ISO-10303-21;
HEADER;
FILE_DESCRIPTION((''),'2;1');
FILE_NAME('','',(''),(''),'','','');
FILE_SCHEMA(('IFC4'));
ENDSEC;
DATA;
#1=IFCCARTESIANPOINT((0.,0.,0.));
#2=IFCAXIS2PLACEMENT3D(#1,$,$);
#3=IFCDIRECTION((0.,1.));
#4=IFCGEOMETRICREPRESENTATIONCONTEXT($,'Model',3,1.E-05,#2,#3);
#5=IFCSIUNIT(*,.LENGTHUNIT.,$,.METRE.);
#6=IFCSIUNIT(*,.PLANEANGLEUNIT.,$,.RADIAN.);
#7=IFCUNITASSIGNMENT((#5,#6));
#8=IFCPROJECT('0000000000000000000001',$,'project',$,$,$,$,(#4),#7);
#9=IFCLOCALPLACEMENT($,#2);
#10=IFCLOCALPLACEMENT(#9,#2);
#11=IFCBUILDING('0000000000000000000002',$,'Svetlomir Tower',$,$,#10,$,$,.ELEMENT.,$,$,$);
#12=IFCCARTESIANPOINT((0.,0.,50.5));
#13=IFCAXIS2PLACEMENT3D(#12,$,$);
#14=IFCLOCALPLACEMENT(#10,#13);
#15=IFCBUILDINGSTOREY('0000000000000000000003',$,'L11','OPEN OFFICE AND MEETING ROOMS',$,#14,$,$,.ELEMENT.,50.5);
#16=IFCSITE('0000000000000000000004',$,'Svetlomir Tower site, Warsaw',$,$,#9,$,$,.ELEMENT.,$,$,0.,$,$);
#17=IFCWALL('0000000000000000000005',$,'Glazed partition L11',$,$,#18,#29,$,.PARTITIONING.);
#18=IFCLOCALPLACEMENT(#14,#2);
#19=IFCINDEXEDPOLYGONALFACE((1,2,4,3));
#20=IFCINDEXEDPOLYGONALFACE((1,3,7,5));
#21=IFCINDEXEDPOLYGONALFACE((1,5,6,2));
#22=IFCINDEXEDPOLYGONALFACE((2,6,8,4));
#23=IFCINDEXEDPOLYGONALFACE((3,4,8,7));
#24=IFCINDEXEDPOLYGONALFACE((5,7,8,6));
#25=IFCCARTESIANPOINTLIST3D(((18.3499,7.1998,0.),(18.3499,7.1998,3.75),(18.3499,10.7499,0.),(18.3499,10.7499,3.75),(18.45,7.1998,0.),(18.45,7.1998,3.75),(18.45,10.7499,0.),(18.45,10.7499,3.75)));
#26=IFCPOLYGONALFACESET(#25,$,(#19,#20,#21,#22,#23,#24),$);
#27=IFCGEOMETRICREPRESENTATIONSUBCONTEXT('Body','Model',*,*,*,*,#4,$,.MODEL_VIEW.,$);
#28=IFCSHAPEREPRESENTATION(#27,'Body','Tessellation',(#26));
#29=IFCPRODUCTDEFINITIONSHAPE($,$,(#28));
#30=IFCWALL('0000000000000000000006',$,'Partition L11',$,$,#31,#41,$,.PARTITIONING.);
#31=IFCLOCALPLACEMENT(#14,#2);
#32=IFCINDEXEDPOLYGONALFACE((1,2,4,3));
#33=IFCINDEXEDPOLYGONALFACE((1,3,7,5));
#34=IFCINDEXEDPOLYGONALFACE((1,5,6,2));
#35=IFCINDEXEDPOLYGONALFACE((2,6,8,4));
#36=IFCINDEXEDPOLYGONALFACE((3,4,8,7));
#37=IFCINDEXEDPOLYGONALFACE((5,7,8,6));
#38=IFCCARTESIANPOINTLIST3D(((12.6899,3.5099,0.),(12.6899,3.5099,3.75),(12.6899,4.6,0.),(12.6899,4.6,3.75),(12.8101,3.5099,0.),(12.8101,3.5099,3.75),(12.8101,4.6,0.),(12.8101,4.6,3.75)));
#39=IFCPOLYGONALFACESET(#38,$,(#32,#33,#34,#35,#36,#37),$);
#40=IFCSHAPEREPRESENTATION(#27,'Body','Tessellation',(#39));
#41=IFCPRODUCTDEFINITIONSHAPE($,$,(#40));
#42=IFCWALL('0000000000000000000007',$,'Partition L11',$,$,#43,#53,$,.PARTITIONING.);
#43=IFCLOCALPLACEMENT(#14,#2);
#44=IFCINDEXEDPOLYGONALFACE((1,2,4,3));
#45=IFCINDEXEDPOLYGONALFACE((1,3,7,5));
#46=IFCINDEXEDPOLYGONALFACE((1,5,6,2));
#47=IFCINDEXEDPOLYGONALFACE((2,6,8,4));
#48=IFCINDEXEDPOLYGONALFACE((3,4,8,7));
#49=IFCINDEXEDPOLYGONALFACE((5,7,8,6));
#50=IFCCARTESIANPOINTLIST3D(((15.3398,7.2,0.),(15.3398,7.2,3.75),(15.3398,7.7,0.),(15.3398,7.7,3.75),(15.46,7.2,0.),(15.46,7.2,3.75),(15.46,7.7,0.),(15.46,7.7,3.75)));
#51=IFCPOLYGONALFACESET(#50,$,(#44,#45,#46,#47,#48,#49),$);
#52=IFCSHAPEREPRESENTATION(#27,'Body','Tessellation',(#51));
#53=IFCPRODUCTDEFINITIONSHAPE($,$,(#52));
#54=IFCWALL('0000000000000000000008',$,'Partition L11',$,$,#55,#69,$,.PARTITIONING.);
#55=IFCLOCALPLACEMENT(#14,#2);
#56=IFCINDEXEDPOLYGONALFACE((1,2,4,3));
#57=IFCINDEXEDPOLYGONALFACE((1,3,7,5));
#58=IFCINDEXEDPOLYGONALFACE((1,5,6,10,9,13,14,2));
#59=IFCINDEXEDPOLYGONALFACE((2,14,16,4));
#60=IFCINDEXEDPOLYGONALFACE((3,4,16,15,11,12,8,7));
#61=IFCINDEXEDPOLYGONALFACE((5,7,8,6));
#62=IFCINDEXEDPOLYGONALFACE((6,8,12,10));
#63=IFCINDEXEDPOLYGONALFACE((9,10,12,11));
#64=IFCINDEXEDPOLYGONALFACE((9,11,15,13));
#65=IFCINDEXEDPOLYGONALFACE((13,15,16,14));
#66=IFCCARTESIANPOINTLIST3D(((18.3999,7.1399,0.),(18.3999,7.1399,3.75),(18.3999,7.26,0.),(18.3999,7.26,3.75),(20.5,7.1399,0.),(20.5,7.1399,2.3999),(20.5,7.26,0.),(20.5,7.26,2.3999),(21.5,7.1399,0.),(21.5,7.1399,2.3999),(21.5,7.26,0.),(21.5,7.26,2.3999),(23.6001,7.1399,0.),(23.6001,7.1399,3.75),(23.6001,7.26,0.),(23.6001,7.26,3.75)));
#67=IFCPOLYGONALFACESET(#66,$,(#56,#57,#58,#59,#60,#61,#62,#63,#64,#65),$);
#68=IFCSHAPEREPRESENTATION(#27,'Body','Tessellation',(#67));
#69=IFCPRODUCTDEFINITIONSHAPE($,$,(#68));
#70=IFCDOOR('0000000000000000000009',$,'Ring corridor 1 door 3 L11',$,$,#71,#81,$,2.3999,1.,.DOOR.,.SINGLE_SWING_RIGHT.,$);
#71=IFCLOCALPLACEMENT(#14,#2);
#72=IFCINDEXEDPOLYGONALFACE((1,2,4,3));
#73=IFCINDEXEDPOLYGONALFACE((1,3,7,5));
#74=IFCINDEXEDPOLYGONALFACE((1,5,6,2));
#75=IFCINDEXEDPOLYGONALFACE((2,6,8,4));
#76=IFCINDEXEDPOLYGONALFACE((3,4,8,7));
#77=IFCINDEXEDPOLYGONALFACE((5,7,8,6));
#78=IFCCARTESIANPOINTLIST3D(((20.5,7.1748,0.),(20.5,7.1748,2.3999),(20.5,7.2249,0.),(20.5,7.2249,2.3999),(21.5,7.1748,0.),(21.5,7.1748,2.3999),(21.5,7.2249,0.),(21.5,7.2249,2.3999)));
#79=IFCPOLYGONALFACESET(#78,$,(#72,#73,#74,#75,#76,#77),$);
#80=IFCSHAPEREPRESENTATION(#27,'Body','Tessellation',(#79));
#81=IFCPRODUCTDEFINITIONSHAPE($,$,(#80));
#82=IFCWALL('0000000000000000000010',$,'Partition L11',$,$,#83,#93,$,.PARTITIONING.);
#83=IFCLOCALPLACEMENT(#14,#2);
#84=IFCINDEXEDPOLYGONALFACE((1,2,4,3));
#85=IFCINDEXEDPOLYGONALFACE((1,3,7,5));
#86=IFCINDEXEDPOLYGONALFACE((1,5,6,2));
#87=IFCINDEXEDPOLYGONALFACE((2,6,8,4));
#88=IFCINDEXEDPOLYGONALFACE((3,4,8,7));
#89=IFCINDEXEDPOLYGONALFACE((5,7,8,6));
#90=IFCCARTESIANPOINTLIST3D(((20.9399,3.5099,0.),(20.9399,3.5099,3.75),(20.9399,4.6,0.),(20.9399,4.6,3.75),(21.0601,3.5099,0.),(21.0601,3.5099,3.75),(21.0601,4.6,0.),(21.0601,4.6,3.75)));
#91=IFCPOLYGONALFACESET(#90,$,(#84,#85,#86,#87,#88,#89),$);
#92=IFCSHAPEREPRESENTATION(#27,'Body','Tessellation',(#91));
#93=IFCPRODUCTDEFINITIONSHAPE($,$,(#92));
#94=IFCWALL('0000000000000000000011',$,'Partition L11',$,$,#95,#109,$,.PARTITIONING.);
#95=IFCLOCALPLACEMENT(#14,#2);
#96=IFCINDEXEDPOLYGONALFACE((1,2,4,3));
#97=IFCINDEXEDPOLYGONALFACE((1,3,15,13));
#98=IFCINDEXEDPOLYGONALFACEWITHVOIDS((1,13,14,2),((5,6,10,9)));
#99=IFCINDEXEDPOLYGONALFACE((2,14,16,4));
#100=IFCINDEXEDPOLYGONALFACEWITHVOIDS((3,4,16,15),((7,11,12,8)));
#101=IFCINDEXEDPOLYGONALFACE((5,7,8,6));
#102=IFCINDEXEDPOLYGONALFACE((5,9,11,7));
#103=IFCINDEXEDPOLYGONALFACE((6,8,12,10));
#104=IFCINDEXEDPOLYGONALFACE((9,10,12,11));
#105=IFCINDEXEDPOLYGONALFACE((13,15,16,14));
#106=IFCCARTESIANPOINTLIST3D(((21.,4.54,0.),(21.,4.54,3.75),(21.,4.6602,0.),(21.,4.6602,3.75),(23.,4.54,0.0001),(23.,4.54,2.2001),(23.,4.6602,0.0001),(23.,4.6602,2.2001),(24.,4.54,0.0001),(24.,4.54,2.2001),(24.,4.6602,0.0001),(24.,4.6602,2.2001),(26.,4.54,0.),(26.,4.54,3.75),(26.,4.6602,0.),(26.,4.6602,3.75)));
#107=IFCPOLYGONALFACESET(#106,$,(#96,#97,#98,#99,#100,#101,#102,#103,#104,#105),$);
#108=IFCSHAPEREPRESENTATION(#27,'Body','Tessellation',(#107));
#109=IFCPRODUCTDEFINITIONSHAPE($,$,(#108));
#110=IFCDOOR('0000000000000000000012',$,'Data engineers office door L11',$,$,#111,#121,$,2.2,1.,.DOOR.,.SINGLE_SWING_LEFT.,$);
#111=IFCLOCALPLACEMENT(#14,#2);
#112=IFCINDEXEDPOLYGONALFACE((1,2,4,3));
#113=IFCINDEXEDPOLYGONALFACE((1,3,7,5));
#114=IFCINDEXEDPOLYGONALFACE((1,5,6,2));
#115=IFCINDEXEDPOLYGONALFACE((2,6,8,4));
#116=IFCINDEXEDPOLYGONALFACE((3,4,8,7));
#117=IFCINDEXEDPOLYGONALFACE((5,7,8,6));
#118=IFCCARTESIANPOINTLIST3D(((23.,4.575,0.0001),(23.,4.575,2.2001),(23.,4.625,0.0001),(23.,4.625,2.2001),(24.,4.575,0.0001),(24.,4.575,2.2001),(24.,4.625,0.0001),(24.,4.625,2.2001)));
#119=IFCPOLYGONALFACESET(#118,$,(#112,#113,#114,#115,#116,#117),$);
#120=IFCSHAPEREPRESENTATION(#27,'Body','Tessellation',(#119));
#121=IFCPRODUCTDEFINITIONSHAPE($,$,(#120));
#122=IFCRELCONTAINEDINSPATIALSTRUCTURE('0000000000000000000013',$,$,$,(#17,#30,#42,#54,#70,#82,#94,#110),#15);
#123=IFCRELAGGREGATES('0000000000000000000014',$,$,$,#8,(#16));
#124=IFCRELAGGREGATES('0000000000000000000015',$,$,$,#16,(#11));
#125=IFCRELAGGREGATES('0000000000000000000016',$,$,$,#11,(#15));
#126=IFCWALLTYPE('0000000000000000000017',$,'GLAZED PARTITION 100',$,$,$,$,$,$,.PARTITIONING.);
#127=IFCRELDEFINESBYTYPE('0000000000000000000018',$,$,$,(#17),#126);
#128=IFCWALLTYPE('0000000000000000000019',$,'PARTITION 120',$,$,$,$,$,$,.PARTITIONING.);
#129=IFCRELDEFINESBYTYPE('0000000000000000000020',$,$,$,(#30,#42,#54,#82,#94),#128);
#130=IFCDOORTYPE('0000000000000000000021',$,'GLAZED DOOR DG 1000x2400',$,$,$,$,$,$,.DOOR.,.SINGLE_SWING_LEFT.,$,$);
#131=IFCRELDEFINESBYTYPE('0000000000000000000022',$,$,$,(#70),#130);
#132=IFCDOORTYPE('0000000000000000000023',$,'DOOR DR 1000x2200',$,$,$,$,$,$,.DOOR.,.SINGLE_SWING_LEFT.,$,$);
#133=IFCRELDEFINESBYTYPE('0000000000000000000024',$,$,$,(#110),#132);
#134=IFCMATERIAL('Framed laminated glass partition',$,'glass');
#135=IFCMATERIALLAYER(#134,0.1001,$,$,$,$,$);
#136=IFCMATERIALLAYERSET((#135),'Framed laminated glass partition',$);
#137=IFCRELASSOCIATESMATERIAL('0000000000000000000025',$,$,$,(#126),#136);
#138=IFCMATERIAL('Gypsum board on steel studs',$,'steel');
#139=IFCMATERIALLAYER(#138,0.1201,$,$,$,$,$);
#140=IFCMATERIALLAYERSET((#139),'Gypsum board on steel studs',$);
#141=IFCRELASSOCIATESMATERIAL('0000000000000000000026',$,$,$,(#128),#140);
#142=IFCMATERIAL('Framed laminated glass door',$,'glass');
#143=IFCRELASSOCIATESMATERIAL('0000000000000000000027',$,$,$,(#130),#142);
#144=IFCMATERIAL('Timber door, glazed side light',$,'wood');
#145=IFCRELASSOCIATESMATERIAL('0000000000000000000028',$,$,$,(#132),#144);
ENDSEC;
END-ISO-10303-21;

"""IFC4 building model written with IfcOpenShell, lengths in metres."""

from ifc_helpers import new_model, si_unit, direction, frame, frame_2d, origin, place, context, subcontext, project, spatial, rectangle, extrude, material, layer, layer_set, type_object, element, fill, save


model = new_model("IFC4")

# Units and contexts
model_context = context("Model", 3, precision=1e-05, world=origin(), true_north=direction((0.0, 1.0)))
body_context = subcontext(model_context, "Body", "Model", "MODEL_VIEW")
ifc_project = project(units=[si_unit("LENGTHUNIT", "METRE"), si_unit("PLANEANGLEUNIT", "RADIAN")], contexts=[model_context])

# Site, building, storey
site_placement = place(None, origin())
site = spatial("IfcSite", under=ifc_project, at=site_placement, Name="Svetlomir Tower site, Warsaw", CompositionType="ELEMENT", RefElevation=0.0)
building_placement = place(site_placement, origin())
building = spatial("IfcBuilding", under=site, at=building_placement, Name="Svetlomir Tower", CompositionType="ELEMENT")
storey_placement = place(building_placement, frame((0.0, 0.0, 50.5)))
storey = spatial("IfcBuildingStorey", under=building, at=storey_placement, Name="L11", Description="OPEN OFFICE AND MEETING ROOMS", CompositionType="ELEMENT", Elevation=50.5)

# Walls
ifc_material_1 = material(Name="Framed laminated glass partition", Category="glass")
ifc_layer_1 = layer(ifc_material_1, 0.1001)
ifc_layer_set_1 = layer_set([ifc_layer_1], Name="Framed laminated glass partition")
wall_type_1 = type_object("IfcWallType", Name="GLAZED PARTITION 100", PredefinedType="PARTITIONING", material=ifc_layer_set_1)
wall_1_placement = place(storey_placement, frame((18.3999, 7.2, 0.0), z_axis=(0.0, 0.0, 1.0), x_axis=(0.0, 1.0, 0.0)))
element("IfcWall", 1, at=wall_1_placement, inside=storey, type_object=wall_type_1, Name="Glazed partition L11", PredefinedType="PARTITIONING", context=body_context, shape_type="SweptSolid", body=[
    extrude(rectangle(XDim=3.55, YDim=0.1001, at=frame_2d((1.7749, 0.0))), origin(), (0.0, 0.0, 1.0), 3.75),
])
ifc_material_2 = material(Name="Gypsum board on steel studs", Category="steel")
ifc_layer_2 = layer(ifc_material_2, 0.1201)
ifc_layer_set_2 = layer_set([ifc_layer_2], Name="Gypsum board on steel studs")
wall_type_2 = type_object("IfcWallType", Name="PARTITION 120", PredefinedType="PARTITIONING", material=ifc_layer_set_2)
wall_2_placement = place(storey_placement, frame((12.75, 3.51, 0.0), z_axis=(0.0, 0.0, 1.0), x_axis=(0.0, 1.0, 0.0)))
element("IfcWall", 2, at=wall_2_placement, inside=storey, type_object=wall_type_2, Name="Partition L11", PredefinedType="PARTITIONING", context=body_context, shape_type="SweptSolid", body=[
    extrude(rectangle(XDim=1.0901, YDim=0.1201, at=frame_2d((0.5449, 0.0))), origin(), (0.0, 0.0, 1.0), 3.75),
])
wall_3_placement = place(storey_placement, frame((15.3999, 7.2, 0.0), z_axis=(0.0, 0.0, 1.0), x_axis=(0.0, 1.0, 0.0)))
element("IfcWall", 3, at=wall_3_placement, inside=storey, type_object=wall_type_2, Name="Partition L11", PredefinedType="PARTITIONING", context=body_context, shape_type="SweptSolid", body=[
    extrude(rectangle(XDim=0.5, YDim=0.1201, at=frame_2d((0.25, 0.0))), origin(), (0.0, 0.0, 1.0), 3.75),
])

# Wall, opening, door
ifc_material_3 = material(Name="Framed laminated glass door", Category="glass")
door_type_1 = type_object("IfcDoorType", Name="GLAZED DOOR DG 1000x2400", OperationType="SINGLE_SWING_LEFT", PredefinedType="DOOR", material=ifc_material_3)
wall_4_placement = place(storey_placement, frame((18.3999, 7.2, 0.0), z_axis=(0.0, 0.0, 1.0), x_axis=(1.0, 0.0, 0.0)))
wall_4 = element("IfcWall", 4, at=wall_4_placement, inside=storey, type_object=wall_type_2, Name="Partition L11", PredefinedType="PARTITIONING", context=body_context, shape_type="SweptSolid", body=[
    extrude(rectangle(XDim=5.2002, YDim=0.1201, at=frame_2d((2.6001, 0.0))), origin(), (0.0, 0.0, 1.0), 3.75),
])
opening_1_placement = place(wall_4_placement, frame((2.1001, 0.0, 0.0)))
opening_1 = element("IfcOpeningElement", 5, at=opening_1_placement, cuts=wall_4, PredefinedType="OPENING", context=body_context, shape_type="SweptSolid", body=[
    extrude(rectangle(XDim=1.0, YDim=2.3999, at=frame_2d((0.5, 1.2))), frame((0.0, 0.0701, 0.0), z_axis=(0.0, -1.0, 0.0), x_axis=(1.0, 0.0, 0.0)), (0.0, 0.0, 1.0), 0.1401),
])
door_1_placement = place(opening_1_placement, origin())
door_1 = element("IfcDoor", 6, at=door_1_placement, inside=storey, type_object=door_type_1, Name="Ring corridor 1 door 3 L11", OperationType="SINGLE_SWING_RIGHT", OverallHeight=2.3999, OverallWidth=1.0, PredefinedType="DOOR", context=body_context, shape_type="SweptSolid", body=[
    extrude(rectangle(XDim=1.0, YDim=2.3999, at=frame_2d((0.5, 1.2))), frame((0.0, 0.0249, 0.0), z_axis=(0.0, -1.0, 0.0), x_axis=(1.0, 0.0, 0.0)), (0.0, 0.0, 1.0), 0.05),
])
fill(opening_1, door_1)

# Wall
wall_5_placement = place(storey_placement, frame((21.0, 3.51, 0.0), z_axis=(0.0, 0.0, 1.0), x_axis=(0.0, 1.0, 0.0)))
element("IfcWall", 7, at=wall_5_placement, inside=storey, type_object=wall_type_2, Name="Partition L11", PredefinedType="PARTITIONING", context=body_context, shape_type="SweptSolid", body=[
    extrude(rectangle(XDim=1.0901, YDim=0.1201, at=frame_2d((0.5449, 0.0))), origin(), (0.0, 0.0, 1.0), 3.75),
])

# Wall, opening, door
wall_6_placement = place(storey_placement, frame((21.0, 4.6001, 0.0), z_axis=(0.0, 0.0, 1.0), x_axis=(1.0, 0.0, 0.0)))
wall_6 = element("IfcWall", 8, at=wall_6_placement, inside=storey, type_object=wall_type_2, Name="Partition L11", PredefinedType="PARTITIONING", context=body_context, shape_type="SweptSolid", body=[
    extrude(rectangle(XDim=5.0, YDim=0.1201, at=frame_2d((2.5, 0.0))), origin(), (0.0, 0.0, 1.0), 3.75),
])
opening_2_placement = place(wall_6_placement, frame((2.0, 0.0, 0.0)))
opening_2 = element("IfcOpeningElement", 9, at=opening_2_placement, cuts=wall_6, PredefinedType="OPENING", context=body_context, shape_type="SweptSolid", body=[
    extrude(rectangle(XDim=1.0, YDim=2.2, at=frame_2d((0.5, 1.1001))), frame((0.0, 0.0701, 0.0), z_axis=(0.0, -1.0, 0.0), x_axis=(1.0, 0.0, 0.0)), (0.0, 0.0, 1.0), 0.1401),
])
ifc_material_4 = material(Name="Timber door, glazed side light", Category="wood")
door_type_2 = type_object("IfcDoorType", Name="DOOR DR 1000x2200", OperationType="SINGLE_SWING_LEFT", PredefinedType="DOOR", material=ifc_material_4)
door_2_placement = place(opening_2_placement, origin())
door_2 = element("IfcDoor", 10, at=door_2_placement, inside=storey, type_object=door_type_2, Name="Data engineers office door L11", OperationType="SINGLE_SWING_LEFT", OverallHeight=2.2, OverallWidth=1.0, PredefinedType="DOOR", context=body_context, shape_type="SweptSolid", body=[
    extrude(rectangle(XDim=1.0, YDim=2.2, at=frame_2d((0.5, 1.1001))), frame((0.0, 0.0249, 0.0), z_axis=(0.0, -1.0, 0.0), x_axis=(1.0, 0.0, 0.0)), (0.0, 0.0, 1.0), 0.05),
])
fill(opening_2, door_2)

save(model, "model.ifc")
